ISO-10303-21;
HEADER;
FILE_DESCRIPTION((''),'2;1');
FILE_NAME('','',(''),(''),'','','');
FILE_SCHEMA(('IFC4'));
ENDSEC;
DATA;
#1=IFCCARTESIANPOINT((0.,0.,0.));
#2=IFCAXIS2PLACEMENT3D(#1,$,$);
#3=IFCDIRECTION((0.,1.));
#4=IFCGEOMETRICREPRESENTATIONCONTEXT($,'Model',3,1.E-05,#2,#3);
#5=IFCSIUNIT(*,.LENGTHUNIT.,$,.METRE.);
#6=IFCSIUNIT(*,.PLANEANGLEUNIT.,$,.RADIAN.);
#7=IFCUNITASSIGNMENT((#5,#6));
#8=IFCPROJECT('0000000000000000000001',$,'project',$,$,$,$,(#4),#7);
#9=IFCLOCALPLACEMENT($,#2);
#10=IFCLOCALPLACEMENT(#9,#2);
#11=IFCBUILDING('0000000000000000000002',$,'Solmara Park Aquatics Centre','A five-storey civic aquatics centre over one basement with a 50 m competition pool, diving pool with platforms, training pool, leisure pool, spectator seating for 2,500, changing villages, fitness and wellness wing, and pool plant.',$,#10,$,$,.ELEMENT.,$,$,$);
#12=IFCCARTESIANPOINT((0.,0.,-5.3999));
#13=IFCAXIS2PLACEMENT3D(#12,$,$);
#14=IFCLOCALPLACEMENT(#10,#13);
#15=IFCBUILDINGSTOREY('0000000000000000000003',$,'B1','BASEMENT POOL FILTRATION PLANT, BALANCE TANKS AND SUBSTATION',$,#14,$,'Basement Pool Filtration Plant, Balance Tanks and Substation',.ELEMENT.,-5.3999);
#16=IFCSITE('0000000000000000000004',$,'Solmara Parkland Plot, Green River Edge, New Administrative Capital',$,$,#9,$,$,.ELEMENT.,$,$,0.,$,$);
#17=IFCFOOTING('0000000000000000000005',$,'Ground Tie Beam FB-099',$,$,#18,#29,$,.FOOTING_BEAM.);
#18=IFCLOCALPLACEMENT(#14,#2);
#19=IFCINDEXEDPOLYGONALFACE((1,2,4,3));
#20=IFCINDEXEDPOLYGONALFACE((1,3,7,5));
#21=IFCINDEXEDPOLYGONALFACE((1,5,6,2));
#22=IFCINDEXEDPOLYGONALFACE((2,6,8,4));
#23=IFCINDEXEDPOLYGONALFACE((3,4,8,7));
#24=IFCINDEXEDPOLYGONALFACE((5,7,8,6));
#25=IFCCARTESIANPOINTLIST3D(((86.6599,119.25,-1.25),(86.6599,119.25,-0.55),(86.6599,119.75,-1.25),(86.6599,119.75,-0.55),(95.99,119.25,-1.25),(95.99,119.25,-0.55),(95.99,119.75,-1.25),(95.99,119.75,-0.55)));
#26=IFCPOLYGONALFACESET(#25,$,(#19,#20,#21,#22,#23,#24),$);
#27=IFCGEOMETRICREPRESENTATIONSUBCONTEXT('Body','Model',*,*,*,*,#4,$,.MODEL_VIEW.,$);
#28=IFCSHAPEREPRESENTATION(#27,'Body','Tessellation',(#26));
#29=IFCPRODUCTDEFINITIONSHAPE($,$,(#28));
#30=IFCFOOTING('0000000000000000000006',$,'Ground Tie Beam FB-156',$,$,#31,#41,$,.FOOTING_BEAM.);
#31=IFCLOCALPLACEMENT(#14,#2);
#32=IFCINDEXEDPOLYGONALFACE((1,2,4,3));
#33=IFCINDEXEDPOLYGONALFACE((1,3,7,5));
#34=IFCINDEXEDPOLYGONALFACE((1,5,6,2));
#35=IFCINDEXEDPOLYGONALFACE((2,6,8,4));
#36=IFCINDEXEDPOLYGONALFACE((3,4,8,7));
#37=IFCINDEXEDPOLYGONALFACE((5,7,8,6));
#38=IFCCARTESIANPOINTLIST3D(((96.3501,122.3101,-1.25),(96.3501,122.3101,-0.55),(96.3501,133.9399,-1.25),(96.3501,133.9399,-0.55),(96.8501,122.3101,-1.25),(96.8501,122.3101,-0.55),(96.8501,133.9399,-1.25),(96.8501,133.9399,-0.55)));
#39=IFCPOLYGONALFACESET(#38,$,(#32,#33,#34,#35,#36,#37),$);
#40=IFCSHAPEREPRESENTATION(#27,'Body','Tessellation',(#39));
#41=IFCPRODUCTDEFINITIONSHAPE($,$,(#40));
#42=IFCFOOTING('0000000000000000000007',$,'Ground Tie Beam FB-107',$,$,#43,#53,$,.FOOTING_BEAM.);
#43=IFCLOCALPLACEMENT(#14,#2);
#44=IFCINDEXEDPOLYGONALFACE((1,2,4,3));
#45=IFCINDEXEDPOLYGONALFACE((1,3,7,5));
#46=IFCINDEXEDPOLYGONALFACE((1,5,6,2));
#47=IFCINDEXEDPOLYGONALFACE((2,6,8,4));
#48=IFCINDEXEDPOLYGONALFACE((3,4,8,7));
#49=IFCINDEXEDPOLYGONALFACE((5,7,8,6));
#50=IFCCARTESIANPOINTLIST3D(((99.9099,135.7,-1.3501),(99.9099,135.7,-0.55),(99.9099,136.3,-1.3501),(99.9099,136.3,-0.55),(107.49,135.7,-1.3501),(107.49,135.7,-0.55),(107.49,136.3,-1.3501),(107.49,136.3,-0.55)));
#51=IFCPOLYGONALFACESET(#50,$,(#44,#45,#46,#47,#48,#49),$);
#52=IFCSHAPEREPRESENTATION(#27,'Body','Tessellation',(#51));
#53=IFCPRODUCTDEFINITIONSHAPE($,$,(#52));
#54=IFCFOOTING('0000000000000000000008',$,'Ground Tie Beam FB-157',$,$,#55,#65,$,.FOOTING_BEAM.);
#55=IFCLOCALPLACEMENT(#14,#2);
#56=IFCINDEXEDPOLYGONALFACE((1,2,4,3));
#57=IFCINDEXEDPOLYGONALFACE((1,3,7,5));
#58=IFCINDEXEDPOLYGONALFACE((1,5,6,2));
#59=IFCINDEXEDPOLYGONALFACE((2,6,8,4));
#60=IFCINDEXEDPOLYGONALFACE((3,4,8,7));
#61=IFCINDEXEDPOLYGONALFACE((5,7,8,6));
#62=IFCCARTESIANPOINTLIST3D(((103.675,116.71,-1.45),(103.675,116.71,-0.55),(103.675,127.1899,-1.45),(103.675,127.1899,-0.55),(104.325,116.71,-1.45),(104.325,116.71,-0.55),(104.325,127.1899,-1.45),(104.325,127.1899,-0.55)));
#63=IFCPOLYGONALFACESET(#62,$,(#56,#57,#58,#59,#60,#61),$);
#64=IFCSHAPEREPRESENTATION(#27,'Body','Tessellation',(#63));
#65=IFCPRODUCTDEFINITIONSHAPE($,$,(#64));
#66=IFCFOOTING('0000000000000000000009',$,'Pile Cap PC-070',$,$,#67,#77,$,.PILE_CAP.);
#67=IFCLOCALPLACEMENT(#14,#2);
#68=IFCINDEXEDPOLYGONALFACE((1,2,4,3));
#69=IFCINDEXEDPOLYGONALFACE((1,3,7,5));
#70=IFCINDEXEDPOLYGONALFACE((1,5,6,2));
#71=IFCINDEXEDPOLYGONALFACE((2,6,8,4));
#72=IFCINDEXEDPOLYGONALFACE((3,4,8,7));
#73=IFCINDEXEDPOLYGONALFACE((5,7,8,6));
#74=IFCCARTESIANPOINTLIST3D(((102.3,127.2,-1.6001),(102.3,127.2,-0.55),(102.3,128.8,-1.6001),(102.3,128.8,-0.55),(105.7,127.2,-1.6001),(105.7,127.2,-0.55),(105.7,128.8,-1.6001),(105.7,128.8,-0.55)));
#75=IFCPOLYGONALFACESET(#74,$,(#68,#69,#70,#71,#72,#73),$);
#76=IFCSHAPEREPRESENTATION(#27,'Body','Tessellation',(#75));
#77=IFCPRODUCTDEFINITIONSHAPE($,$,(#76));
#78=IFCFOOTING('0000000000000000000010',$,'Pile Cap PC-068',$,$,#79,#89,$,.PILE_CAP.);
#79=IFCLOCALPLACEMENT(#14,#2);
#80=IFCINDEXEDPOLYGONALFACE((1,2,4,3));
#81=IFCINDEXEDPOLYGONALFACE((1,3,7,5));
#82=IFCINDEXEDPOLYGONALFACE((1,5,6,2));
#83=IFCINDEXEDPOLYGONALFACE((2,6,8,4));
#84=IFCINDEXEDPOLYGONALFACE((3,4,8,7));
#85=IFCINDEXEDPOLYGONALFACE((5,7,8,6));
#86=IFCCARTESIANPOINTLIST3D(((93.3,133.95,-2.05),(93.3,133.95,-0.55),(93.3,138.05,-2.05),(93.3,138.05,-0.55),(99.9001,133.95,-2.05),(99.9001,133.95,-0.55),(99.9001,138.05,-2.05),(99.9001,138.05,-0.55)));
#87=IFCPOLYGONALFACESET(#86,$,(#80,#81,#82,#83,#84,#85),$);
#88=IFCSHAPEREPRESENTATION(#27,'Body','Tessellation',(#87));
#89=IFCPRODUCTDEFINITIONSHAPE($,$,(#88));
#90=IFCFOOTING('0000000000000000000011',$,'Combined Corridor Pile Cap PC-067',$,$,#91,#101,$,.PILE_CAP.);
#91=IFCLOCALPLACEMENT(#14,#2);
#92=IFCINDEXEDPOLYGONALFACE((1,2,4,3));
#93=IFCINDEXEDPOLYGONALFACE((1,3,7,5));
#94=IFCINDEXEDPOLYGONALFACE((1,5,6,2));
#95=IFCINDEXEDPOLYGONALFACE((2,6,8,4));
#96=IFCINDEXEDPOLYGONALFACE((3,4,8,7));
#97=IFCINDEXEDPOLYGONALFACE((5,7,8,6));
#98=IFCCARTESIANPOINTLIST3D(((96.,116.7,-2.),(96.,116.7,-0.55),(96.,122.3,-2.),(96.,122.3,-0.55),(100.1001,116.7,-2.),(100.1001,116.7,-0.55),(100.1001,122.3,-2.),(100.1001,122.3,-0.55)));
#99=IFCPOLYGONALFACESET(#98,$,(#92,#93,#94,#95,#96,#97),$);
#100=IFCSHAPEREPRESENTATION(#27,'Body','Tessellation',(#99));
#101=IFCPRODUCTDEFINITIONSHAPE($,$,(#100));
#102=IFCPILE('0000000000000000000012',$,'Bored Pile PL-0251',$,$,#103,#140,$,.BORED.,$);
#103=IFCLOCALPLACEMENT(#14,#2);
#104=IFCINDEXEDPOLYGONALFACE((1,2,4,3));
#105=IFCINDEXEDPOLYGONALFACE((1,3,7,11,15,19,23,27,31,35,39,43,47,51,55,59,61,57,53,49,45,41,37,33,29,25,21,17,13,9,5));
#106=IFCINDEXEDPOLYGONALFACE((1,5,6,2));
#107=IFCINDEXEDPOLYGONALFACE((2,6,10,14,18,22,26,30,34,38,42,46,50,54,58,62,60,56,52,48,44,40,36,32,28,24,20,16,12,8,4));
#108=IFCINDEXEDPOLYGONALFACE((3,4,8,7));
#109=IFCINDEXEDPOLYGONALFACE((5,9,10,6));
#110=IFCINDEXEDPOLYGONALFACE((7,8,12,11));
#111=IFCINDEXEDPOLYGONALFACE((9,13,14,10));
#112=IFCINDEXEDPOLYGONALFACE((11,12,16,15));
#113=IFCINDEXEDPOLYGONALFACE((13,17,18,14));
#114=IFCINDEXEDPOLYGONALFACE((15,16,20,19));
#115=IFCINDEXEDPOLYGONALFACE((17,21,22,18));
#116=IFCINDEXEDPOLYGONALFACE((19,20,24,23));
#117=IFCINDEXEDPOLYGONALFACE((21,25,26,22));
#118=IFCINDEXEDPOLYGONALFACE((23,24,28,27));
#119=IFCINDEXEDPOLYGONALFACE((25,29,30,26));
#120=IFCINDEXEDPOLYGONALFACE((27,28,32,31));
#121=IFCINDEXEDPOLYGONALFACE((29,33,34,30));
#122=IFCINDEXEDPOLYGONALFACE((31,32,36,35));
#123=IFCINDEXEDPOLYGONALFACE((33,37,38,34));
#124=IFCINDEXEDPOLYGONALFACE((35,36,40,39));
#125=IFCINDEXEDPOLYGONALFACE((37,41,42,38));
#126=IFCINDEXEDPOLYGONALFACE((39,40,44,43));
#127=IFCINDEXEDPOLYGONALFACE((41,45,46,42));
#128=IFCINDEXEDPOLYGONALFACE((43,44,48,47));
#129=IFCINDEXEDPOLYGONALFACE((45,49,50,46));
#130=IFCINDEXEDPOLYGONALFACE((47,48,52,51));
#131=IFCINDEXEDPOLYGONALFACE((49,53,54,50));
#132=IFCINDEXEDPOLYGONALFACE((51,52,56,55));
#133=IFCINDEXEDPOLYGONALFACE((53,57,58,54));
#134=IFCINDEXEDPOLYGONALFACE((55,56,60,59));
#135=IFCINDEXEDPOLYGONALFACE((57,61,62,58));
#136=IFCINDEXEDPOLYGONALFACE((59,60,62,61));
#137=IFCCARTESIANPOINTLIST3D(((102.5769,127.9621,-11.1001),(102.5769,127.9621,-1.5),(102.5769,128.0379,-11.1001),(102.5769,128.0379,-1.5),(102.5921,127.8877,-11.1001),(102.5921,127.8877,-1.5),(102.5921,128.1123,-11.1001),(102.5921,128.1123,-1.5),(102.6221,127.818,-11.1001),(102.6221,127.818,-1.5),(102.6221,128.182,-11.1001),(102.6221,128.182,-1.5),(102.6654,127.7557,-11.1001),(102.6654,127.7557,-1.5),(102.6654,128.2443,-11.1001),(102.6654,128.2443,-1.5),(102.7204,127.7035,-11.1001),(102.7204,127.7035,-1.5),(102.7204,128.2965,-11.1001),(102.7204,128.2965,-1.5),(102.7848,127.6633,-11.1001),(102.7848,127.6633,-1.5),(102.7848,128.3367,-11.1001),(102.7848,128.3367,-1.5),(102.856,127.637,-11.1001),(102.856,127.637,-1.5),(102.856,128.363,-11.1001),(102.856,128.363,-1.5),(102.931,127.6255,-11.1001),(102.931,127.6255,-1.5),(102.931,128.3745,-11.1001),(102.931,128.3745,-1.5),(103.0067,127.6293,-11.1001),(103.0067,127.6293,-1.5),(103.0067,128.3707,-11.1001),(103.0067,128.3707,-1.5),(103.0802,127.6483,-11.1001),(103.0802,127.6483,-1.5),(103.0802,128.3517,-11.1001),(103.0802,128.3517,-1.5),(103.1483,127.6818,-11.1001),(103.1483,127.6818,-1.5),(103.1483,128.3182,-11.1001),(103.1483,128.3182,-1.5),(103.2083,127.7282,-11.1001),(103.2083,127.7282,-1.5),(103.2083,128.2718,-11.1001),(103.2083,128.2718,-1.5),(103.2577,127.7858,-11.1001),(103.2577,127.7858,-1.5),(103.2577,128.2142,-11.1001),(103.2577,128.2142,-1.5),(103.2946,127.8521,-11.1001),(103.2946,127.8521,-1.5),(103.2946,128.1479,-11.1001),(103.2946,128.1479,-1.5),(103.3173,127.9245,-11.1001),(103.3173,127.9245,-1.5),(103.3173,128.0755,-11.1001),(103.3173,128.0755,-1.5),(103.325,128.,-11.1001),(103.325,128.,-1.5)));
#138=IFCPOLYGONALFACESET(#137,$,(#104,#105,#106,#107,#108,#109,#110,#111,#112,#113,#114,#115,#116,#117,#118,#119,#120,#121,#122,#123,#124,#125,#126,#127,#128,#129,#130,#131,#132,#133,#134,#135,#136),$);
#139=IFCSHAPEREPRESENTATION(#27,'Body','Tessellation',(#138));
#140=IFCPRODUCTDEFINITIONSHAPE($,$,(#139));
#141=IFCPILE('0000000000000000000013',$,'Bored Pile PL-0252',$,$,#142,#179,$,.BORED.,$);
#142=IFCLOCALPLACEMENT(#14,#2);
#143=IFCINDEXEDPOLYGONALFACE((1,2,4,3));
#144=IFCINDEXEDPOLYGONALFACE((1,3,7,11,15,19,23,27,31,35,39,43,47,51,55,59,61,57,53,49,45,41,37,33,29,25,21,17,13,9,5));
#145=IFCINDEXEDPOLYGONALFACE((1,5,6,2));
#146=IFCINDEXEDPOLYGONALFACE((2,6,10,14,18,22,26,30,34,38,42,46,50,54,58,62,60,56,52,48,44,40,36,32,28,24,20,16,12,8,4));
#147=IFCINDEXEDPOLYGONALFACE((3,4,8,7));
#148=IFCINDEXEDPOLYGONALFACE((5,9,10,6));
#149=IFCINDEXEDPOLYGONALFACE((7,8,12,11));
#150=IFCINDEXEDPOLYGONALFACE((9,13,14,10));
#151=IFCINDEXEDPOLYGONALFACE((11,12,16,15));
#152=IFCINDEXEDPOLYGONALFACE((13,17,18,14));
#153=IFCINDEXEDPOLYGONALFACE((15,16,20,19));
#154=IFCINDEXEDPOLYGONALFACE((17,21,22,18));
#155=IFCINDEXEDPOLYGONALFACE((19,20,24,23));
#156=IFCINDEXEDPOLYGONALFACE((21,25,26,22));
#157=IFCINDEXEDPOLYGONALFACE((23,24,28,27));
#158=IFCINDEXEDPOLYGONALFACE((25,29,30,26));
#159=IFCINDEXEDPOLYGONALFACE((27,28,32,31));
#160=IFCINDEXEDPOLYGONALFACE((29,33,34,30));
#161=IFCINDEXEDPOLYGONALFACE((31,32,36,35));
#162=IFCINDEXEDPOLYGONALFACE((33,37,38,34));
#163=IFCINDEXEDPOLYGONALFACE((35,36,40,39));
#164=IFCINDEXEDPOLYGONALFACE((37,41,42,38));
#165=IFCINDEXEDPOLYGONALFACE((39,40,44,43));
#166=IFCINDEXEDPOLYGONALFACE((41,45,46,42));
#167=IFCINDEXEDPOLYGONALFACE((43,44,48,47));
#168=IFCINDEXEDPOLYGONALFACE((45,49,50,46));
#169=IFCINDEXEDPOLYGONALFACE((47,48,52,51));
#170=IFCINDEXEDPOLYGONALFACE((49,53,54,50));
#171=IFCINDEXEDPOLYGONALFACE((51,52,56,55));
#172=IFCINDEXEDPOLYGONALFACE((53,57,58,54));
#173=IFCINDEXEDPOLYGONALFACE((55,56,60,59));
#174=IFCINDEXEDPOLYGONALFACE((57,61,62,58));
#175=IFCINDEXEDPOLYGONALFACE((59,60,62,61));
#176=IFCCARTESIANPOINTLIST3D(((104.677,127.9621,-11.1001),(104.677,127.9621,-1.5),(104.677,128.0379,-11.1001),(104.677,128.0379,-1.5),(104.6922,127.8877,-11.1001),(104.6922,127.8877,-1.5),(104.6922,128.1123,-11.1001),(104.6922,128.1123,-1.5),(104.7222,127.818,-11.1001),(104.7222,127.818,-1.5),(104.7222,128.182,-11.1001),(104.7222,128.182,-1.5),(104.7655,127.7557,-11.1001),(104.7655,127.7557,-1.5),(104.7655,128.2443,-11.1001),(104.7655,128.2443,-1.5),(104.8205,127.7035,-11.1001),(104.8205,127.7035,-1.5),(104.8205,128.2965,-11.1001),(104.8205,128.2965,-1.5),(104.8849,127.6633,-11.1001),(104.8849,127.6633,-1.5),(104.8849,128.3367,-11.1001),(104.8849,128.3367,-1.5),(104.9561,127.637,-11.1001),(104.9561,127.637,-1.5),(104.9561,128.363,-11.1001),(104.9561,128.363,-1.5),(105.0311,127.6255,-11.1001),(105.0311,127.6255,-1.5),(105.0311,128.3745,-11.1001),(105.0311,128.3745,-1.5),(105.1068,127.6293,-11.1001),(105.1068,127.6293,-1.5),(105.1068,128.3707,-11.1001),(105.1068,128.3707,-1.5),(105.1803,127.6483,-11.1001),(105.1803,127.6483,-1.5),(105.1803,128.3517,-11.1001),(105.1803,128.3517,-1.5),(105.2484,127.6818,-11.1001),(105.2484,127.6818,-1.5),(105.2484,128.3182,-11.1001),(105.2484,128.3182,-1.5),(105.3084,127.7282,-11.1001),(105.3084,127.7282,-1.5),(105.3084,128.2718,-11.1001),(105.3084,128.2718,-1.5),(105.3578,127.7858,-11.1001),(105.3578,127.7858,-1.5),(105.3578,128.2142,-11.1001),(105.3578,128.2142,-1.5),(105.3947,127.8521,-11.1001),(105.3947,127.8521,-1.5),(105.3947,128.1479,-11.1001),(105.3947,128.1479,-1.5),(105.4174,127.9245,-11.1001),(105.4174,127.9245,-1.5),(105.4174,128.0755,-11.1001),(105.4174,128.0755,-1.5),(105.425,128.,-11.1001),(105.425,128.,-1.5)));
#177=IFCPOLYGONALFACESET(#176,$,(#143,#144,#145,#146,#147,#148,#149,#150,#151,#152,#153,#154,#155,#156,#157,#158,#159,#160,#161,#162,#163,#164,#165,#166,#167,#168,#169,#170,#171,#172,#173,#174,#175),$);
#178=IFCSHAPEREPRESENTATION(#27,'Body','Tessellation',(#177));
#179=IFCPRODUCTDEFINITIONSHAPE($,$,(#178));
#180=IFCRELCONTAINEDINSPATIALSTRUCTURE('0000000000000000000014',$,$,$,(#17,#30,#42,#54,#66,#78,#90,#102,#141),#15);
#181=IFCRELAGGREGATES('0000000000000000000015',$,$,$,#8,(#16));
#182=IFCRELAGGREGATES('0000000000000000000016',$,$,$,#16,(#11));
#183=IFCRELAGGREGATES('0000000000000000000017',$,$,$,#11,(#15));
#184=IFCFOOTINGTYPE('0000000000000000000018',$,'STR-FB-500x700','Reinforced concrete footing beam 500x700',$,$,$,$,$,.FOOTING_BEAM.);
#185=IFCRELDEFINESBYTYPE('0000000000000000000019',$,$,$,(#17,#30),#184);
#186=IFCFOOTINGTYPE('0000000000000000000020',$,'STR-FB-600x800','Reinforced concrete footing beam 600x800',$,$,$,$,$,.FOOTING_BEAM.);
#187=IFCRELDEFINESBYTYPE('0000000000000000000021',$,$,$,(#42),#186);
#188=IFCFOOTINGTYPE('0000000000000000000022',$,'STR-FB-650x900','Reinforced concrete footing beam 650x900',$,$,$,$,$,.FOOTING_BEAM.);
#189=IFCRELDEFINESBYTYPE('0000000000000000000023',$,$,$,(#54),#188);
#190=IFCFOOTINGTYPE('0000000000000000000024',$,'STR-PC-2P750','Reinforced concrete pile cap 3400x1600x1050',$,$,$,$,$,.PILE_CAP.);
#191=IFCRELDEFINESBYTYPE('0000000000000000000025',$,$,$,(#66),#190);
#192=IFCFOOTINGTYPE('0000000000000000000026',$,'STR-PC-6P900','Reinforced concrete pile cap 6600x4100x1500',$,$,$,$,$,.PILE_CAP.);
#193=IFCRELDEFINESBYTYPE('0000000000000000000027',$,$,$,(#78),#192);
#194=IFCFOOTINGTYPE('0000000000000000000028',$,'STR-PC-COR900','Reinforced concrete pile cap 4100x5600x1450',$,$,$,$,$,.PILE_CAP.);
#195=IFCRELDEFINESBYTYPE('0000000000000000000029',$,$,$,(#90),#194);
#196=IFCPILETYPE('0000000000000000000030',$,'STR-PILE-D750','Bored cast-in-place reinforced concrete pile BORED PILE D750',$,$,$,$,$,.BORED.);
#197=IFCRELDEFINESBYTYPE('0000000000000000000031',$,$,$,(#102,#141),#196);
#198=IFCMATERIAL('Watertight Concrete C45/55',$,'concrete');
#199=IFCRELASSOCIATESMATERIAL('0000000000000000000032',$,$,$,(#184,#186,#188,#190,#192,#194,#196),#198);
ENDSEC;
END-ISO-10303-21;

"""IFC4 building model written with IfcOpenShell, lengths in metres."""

from ifc_helpers import new_model, si_unit, direction, frame, origin, origin_2d, place, context, subcontext, project, spatial, rectangle, circle, extrude, material, material_profile, profile_set, type_object, element, save


model = new_model("IFC4")

# Units and contexts
model_context = context("Model", 3, precision=1e-05, world=origin(), true_north=direction((0.0, 1.0)))
body_context = subcontext(model_context, "Body", "Model", "MODEL_VIEW")
ifc_project = project(units=[si_unit("LENGTHUNIT", "METRE"), si_unit("PLANEANGLEUNIT", "RADIAN")], contexts=[model_context])

# Site, building, storey
site_placement = place(None, origin())
site = spatial("IfcSite", under=ifc_project, at=site_placement, Name="Solmara Parkland Plot, Green River Edge, New Administrative Capital", CompositionType="ELEMENT", RefElevation=0.0)
building_placement = place(site_placement, origin())
building = spatial("IfcBuilding", under=site, at=building_placement, Name="Solmara Park Aquatics Centre", Description="A five-storey civic aquatics centre over one basement with a 50 m competition pool, diving pool with platforms, training pool, leisure pool, spectator seating for 2,500, changing villages, fitness and wellness wing, and pool plant.", CompositionType="ELEMENT")
storey_placement = place(building_placement, frame((0.0, 0.0, -5.3999)))
storey = spatial("IfcBuildingStorey", under=building, at=storey_placement, Name="B1", Description="BASEMENT POOL FILTRATION PLANT, BALANCE TANKS AND SUBSTATION", LongName="Basement Pool Filtration Plant, Balance Tanks and Substation", CompositionType="ELEMENT", Elevation=-5.3999)

# Footings
ifc_material_1 = material(Name="Watertight Concrete C45/55", Category="concrete")
footing_type_1 = type_object("IfcFootingType", Name="STR-FB-500x700", Description="Reinforced concrete footing beam 500x700", PredefinedType="FOOTING_BEAM", material=ifc_material_1)
footing_1_placement = place(storey_placement, frame((91.325, 119.5, -1.25), z_axis=(0.0, 0.0, 1.0), x_axis=(1.0, 0.0, 0.0)))
element("IfcFooting", 1, at=footing_1_placement, inside=storey, type_object=footing_type_1, Name="Ground Tie Beam FB-099", PredefinedType="FOOTING_BEAM", context=body_context, shape_type="SweptSolid", body=[
    extrude(rectangle(XDim=9.3301, YDim=0.5, at=origin_2d()), origin(), (0.0, 0.0, 1.0), 0.7),
])
footing_2_placement = place(storey_placement, frame((96.6001, 128.125, -1.25), z_axis=(0.0, 0.0, 1.0), x_axis=(1.0, 0.0, 0.0)))
element("IfcFooting", 2, at=footing_2_placement, inside=storey, type_object=footing_type_1, Name="Ground Tie Beam FB-156", PredefinedType="FOOTING_BEAM", context=body_context, shape_type="SweptSolid", body=[
    extrude(rectangle(XDim=0.5, YDim=11.6299, at=origin_2d()), origin(), (0.0, 0.0, 1.0), 0.7),
])
footing_type_2 = type_object("IfcFootingType", Name="STR-FB-600x800", Description="Reinforced concrete footing beam 600x800", PredefinedType="FOOTING_BEAM", material=ifc_material_1)
footing_3_placement = place(storey_placement, frame((103.7, 136.0, -1.3501), z_axis=(0.0, 0.0, 1.0), x_axis=(1.0, 0.0, 0.0)))
element("IfcFooting", 3, at=footing_3_placement, inside=storey, type_object=footing_type_2, Name="Ground Tie Beam FB-107", PredefinedType="FOOTING_BEAM", context=body_context, shape_type="SweptSolid", body=[
    extrude(rectangle(XDim=7.5801, YDim=0.6001, at=origin_2d()), origin(), (0.0, 0.0, 1.0), 0.8),
])
footing_type_3 = type_object("IfcFootingType", Name="STR-FB-650x900", Description="Reinforced concrete footing beam 650x900", PredefinedType="FOOTING_BEAM", material=ifc_material_1)
footing_4_placement = place(storey_placement, frame((104.0, 121.95, -1.45), z_axis=(0.0, 0.0, 1.0), x_axis=(1.0, 0.0, 0.0)))
element("IfcFooting", 4, at=footing_4_placement, inside=storey, type_object=footing_type_3, Name="Ground Tie Beam FB-157", PredefinedType="FOOTING_BEAM", context=body_context, shape_type="SweptSolid", body=[
    extrude(rectangle(XDim=0.6499, YDim=10.48, at=origin_2d()), origin(), (0.0, 0.0, 1.0), 0.8999),
])
footing_type_4 = type_object("IfcFootingType", Name="STR-PC-2P750", Description="Reinforced concrete pile cap 3400x1600x1050", PredefinedType="PILE_CAP", material=ifc_material_1)
footing_5_placement = place(storey_placement, frame((104.0, 128.0, -1.6001), z_axis=(0.0, 0.0, 1.0), x_axis=(1.0, 0.0, 0.0)))
element("IfcFooting", 5, at=footing_5_placement, inside=storey, type_object=footing_type_4, Name="Pile Cap PC-070", PredefinedType="PILE_CAP", context=body_context, shape_type="SweptSolid", body=[
    extrude(rectangle(XDim=3.3999, YDim=1.6001, at=origin_2d()), origin(), (0.0, 0.0, 1.0), 1.05),
])
footing_type_5 = type_object("IfcFootingType", Name="STR-PC-6P900", Description="Reinforced concrete pile cap 6600x4100x1500", PredefinedType="PILE_CAP", material=ifc_material_1)
footing_6_placement = place(storey_placement, frame((96.6001, 136.0, -2.05), z_axis=(0.0, 0.0, 1.0), x_axis=(1.0, 0.0, 0.0)))
element("IfcFooting", 6, at=footing_6_placement, inside=storey, type_object=footing_type_5, Name="Pile Cap PC-068", PredefinedType="PILE_CAP", context=body_context, shape_type="SweptSolid", body=[
    extrude(rectangle(XDim=6.6001, YDim=4.1001, at=origin_2d()), origin(), (0.0, 0.0, 1.0), 1.5),
])
footing_type_6 = type_object("IfcFootingType", Name="STR-PC-COR900", Description="Reinforced concrete pile cap 4100x5600x1450", PredefinedType="PILE_CAP", material=ifc_material_1)
footing_7_placement = place(storey_placement, frame((98.05, 119.5, -2.0), z_axis=(0.0, 0.0, 1.0), x_axis=(1.0, 0.0, 0.0)))
element("IfcFooting", 7, at=footing_7_placement, inside=storey, type_object=footing_type_6, Name="Combined Corridor Pile Cap PC-067", PredefinedType="PILE_CAP", context=body_context, shape_type="SweptSolid", body=[
    extrude(rectangle(XDim=4.1001, YDim=5.6001, at=origin_2d()), origin(), (0.0, 0.0, 1.0), 1.45),
])

# Piles
ifc_material_profile_1 = material_profile(ifc_material_1, circle(Radius=0.375, at=origin_2d()), Name="BORED PILE D750")
ifc_profile_set_1 = profile_set([ifc_material_profile_1], Name="Watertight Concrete C45/55")
pile_type_1 = type_object("IfcPileType", Name="STR-PILE-D750", Description="Bored cast-in-place reinforced concrete pile BORED PILE D750", PredefinedType="BORED", material=ifc_profile_set_1)
for number, where, z_axis, x_axis, name in (
    (8, (102.95, 128.0, -1.5), (0.0, 0.0, -1.0), (1.0, 0.0, 0.0), "Bored Pile PL-0251"),
    (9, (105.05, 128.0, -1.5), (0.0, 0.0, -1.0), (1.0, 0.0, 0.0), "Bored Pile PL-0252"),
):
    element("IfcPile", number, at=place(storey_placement, frame(where, z_axis=z_axis, x_axis=x_axis)), inside=storey, type_object=pile_type_1, Name=name, PredefinedType="BORED", context=body_context, shape_type="SweptSolid", body=[
        extrude(circle(Radius=0.375, at=origin_2d()), origin(), (0.0, 0.0, 1.0), 9.6001),
    ])

save(model, "model.ifc")
